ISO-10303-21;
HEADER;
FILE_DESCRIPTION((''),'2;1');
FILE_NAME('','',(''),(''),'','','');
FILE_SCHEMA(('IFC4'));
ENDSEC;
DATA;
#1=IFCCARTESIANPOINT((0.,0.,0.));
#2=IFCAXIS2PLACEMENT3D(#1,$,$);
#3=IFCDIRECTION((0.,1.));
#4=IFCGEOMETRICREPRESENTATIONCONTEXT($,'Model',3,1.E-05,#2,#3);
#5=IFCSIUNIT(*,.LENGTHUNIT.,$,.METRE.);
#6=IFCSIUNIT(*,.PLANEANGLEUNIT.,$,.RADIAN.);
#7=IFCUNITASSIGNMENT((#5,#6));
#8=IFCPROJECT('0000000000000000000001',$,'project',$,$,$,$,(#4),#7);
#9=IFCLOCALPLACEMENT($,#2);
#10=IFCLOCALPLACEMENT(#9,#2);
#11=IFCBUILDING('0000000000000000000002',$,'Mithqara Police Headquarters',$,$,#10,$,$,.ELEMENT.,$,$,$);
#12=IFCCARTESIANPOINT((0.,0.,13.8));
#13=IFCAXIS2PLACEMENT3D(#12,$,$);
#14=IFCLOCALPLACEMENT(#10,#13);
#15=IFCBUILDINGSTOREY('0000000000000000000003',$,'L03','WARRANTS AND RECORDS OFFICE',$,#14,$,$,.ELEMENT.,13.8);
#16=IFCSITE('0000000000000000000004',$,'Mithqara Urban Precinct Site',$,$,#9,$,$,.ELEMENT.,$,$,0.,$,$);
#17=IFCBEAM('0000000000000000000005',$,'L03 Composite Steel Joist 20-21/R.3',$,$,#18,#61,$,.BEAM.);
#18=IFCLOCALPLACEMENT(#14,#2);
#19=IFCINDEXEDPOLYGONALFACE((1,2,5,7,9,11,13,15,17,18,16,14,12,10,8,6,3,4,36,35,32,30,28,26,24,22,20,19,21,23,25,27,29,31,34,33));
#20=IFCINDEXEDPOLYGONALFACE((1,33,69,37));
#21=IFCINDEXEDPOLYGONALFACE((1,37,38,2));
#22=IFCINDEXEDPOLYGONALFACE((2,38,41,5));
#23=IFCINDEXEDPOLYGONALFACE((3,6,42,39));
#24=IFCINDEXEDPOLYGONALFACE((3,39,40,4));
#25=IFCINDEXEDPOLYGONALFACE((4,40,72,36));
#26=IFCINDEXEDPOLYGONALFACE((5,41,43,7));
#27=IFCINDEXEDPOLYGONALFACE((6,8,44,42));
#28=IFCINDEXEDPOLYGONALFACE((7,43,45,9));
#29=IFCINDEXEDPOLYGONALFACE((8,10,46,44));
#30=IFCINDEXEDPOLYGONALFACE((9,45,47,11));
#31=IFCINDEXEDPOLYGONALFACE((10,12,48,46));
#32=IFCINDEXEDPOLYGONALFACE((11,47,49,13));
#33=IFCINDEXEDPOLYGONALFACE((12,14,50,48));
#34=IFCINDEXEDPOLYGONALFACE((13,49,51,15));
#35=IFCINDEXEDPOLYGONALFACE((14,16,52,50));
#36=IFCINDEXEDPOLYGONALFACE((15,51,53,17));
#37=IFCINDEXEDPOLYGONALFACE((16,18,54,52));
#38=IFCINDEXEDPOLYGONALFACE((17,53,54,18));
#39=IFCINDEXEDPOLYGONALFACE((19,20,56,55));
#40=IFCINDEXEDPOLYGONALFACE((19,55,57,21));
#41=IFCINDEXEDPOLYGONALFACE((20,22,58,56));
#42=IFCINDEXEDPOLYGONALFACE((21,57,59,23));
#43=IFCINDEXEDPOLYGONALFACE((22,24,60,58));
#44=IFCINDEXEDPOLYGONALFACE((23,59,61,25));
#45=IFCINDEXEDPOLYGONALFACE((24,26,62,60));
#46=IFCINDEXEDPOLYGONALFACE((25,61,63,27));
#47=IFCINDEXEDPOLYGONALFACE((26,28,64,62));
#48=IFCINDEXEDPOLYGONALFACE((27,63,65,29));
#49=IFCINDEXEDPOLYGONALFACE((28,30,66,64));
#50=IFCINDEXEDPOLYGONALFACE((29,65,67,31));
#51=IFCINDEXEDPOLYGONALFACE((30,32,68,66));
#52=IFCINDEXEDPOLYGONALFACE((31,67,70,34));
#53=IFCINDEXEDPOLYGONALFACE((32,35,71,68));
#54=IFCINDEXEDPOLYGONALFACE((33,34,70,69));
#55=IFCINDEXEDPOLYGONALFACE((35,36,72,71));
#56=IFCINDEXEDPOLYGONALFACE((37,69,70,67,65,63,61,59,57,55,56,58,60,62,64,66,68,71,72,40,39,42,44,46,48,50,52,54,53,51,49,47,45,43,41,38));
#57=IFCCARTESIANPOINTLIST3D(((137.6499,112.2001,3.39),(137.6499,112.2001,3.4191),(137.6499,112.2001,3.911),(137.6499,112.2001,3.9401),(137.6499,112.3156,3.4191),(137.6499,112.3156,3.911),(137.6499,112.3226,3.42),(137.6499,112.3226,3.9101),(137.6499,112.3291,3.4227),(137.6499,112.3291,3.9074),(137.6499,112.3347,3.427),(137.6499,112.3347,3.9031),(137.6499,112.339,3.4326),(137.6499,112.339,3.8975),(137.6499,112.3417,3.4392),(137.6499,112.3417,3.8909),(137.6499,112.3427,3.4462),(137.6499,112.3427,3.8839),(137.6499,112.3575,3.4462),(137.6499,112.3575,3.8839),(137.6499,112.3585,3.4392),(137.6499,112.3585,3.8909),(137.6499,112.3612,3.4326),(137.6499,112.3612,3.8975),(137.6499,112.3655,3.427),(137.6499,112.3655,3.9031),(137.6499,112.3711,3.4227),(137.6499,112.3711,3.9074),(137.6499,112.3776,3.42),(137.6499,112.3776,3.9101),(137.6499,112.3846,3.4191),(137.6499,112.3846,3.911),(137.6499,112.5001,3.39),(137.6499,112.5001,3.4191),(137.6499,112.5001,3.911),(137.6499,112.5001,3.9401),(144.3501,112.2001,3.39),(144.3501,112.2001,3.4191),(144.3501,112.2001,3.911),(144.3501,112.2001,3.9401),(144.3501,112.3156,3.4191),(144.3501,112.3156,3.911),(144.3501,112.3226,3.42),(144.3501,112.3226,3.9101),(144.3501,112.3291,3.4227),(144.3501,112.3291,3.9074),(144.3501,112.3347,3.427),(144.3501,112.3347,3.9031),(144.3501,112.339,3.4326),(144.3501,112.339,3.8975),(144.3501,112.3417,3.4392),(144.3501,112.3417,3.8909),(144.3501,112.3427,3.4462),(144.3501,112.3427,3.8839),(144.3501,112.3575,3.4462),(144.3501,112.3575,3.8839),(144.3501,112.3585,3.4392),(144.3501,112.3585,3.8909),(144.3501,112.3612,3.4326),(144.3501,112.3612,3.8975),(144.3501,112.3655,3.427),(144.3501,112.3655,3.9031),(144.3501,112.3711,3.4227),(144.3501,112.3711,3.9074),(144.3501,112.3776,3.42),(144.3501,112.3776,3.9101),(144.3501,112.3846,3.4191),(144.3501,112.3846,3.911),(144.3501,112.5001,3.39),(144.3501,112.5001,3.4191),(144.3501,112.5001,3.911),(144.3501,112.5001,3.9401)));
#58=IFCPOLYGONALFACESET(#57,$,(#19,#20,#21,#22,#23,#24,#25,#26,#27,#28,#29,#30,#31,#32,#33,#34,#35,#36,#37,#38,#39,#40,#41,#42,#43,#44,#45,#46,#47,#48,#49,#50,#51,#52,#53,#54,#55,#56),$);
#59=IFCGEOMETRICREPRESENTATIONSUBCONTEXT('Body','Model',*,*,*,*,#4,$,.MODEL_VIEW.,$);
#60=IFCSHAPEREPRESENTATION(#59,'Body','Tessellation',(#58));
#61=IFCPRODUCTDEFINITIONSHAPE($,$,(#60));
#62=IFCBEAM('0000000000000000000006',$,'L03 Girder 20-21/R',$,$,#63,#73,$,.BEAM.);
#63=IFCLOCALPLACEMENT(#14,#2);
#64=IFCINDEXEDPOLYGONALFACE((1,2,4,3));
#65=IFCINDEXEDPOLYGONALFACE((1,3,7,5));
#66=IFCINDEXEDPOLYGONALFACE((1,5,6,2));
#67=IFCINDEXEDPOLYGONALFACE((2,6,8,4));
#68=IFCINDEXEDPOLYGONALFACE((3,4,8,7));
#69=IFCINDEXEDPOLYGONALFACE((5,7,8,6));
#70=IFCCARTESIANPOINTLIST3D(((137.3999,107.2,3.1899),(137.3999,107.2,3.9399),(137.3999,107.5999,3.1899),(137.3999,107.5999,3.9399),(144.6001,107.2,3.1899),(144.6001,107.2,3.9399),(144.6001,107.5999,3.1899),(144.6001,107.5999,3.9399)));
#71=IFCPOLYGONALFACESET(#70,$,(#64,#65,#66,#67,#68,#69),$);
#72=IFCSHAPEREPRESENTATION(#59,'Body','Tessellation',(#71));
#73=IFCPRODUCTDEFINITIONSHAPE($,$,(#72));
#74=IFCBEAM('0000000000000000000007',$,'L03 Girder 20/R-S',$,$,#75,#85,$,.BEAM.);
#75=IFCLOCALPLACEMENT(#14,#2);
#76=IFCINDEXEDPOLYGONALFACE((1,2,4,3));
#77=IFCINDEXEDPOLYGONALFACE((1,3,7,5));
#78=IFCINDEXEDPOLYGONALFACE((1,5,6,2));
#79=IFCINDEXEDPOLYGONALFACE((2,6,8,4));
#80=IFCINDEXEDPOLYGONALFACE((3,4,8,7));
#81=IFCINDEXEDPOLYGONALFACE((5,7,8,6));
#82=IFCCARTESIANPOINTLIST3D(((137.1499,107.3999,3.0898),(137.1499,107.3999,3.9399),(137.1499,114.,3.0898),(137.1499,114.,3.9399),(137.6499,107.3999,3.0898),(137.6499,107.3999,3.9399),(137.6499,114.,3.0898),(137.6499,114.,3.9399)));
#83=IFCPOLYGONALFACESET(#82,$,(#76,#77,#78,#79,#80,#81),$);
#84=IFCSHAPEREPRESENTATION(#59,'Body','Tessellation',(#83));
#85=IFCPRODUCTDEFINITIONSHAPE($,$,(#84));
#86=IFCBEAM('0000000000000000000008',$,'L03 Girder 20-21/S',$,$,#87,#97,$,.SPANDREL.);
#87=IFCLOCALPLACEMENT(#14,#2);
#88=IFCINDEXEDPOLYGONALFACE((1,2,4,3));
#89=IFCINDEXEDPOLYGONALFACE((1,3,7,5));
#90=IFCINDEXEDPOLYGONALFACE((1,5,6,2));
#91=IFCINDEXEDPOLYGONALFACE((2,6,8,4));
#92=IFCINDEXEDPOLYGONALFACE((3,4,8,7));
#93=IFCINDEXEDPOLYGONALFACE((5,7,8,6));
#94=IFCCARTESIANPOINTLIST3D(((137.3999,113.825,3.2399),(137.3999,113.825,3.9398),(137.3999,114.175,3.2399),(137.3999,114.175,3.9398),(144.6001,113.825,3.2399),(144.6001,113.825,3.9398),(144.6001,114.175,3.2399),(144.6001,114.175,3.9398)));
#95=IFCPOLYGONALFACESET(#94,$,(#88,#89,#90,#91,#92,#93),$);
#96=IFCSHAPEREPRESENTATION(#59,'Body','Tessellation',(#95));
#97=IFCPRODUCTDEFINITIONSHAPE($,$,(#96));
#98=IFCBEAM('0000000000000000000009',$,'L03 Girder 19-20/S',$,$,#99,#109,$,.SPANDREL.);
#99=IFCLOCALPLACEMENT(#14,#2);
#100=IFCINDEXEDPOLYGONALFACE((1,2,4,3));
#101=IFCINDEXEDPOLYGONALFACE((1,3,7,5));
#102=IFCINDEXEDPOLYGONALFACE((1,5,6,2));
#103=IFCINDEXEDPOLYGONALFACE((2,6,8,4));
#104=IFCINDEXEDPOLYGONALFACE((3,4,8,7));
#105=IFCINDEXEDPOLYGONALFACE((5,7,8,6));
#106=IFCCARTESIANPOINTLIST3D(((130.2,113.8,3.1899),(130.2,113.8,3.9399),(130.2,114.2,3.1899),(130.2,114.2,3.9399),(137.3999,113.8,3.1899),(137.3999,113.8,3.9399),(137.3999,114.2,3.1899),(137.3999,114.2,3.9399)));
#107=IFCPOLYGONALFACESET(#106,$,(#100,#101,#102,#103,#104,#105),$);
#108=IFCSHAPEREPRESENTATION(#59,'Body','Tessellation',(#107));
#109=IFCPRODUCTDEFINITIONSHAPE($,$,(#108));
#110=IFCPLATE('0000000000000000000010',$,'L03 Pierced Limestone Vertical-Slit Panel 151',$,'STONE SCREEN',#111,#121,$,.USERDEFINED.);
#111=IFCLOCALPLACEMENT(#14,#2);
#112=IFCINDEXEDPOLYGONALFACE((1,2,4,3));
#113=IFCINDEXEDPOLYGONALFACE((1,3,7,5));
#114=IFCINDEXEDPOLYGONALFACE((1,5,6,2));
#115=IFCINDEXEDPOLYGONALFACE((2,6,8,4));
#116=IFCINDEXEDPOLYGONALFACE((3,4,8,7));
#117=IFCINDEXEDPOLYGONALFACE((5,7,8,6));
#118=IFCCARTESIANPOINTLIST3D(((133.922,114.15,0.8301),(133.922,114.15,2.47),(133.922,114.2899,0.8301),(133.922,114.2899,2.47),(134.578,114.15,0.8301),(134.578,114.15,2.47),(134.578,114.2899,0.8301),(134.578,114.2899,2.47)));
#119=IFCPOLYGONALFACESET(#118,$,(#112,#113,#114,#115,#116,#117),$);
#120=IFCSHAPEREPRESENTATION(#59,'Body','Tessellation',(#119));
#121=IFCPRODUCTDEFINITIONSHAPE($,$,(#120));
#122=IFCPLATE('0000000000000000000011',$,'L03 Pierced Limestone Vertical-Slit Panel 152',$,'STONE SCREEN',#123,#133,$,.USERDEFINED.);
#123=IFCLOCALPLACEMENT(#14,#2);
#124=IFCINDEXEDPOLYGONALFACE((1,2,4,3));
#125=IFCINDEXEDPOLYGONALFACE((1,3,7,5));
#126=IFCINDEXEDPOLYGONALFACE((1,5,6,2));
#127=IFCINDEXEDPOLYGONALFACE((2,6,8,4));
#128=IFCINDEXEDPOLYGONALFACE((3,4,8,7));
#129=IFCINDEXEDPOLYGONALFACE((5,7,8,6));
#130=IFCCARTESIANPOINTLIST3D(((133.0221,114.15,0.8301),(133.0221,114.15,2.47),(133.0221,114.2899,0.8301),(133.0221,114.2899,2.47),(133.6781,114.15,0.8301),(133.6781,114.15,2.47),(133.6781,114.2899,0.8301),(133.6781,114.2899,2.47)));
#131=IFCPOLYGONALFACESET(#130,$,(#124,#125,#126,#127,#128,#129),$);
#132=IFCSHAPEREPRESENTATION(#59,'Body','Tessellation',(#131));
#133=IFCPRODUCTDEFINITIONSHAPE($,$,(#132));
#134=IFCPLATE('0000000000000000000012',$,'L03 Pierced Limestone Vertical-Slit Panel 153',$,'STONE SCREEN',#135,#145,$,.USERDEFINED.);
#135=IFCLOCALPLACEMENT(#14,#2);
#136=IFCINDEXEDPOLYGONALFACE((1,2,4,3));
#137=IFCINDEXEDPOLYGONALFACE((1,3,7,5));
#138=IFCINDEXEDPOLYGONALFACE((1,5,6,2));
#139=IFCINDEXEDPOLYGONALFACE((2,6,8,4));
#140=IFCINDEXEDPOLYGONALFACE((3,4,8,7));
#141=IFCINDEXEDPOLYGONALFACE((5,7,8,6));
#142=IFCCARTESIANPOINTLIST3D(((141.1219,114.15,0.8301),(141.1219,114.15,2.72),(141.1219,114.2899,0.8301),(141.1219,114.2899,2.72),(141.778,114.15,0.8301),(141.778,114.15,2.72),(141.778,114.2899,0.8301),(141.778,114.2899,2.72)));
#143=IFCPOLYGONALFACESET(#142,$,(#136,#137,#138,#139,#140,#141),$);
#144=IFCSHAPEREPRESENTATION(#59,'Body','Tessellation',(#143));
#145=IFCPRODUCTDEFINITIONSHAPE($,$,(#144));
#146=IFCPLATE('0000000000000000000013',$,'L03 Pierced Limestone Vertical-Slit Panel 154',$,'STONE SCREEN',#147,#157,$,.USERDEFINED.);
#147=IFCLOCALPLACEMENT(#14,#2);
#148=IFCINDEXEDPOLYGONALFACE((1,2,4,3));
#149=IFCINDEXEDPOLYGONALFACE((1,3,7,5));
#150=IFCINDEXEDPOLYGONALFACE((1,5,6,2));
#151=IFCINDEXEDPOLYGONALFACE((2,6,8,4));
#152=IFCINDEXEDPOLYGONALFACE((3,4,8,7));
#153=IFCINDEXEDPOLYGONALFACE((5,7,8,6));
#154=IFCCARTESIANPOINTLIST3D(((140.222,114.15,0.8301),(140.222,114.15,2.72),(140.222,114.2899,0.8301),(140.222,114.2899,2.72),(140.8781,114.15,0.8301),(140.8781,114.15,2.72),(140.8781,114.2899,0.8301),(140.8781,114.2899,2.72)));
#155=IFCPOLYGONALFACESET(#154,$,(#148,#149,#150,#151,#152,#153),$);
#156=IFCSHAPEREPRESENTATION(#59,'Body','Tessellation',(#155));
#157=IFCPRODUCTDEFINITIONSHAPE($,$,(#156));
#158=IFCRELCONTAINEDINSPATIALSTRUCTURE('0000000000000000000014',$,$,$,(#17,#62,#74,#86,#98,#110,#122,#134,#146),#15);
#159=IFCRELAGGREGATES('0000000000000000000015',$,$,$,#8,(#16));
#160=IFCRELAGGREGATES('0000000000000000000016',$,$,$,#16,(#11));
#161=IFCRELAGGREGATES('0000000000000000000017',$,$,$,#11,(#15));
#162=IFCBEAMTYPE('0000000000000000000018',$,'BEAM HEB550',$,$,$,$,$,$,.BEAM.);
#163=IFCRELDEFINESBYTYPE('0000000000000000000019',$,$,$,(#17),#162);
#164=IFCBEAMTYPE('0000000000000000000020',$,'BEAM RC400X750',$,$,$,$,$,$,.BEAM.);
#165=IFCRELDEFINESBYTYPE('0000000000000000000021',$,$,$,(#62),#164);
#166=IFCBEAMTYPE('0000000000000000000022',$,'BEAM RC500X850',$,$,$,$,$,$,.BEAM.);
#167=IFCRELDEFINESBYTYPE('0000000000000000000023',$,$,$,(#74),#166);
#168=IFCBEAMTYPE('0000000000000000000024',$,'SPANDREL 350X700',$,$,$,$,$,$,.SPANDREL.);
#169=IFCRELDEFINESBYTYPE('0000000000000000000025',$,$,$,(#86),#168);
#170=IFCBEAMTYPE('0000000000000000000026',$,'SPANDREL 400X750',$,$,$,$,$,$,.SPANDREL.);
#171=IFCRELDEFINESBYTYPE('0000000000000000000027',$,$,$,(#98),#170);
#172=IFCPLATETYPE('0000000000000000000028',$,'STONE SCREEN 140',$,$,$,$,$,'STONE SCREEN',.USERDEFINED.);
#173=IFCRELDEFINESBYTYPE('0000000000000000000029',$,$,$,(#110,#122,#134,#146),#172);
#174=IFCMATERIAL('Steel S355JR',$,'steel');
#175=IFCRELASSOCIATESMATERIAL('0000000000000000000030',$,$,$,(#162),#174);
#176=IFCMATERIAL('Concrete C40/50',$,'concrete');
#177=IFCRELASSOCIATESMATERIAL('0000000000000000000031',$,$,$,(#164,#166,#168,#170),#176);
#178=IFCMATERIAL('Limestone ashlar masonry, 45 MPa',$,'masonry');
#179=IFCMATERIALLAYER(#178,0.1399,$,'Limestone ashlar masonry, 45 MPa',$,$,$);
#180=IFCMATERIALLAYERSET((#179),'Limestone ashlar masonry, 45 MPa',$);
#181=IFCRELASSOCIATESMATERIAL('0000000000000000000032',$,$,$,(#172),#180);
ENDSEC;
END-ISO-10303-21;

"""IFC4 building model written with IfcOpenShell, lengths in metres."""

from ifc_helpers import new_model, si_unit, direction, frame, origin, origin_2d, place, context, subcontext, project, spatial, rectangle, i_section, extrude, material, layer, layer_set, material_profile, profile_set, type_object, element, save


model = new_model("IFC4")

# Units and contexts
model_context = context("Model", 3, precision=1e-05, world=origin(), true_north=direction((0.0, 1.0)))
body_context = subcontext(model_context, "Body", "Model", "MODEL_VIEW")
ifc_project = project(units=[si_unit("LENGTHUNIT", "METRE"), si_unit("PLANEANGLEUNIT", "RADIAN")], contexts=[model_context])

# Site, building, storey
site_placement = place(None, origin())
site = spatial("IfcSite", under=ifc_project, at=site_placement, Name="Mithqara Urban Precinct Site", CompositionType="ELEMENT", RefElevation=0.0)
building_placement = place(site_placement, origin())
building = spatial("IfcBuilding", under=site, at=building_placement, Name="Mithqara Police Headquarters", CompositionType="ELEMENT")
storey_placement = place(building_placement, frame((0.0, 0.0, 13.8)))
storey = spatial("IfcBuildingStorey", under=building, at=storey_placement, Name="L03", Description="WARRANTS AND RECORDS OFFICE", CompositionType="ELEMENT", Elevation=13.8)

# Beams
ifc_material_1 = material(Name="Steel S355JR", Category="steel")
ifc_material_profile_1 = material_profile(ifc_material_1, i_section(OverallWidth=0.3, OverallDepth=0.55, WebThickness=0.0149, FlangeThickness=0.0291, FilletRadius=0.0271, at=origin_2d()), Name="HEB 550")
ifc_profile_set_1 = profile_set([ifc_material_profile_1], Name="Steel S355JR")
beam_type_1 = type_object("IfcBeamType", Name="BEAM HEB550", PredefinedType="BEAM", material=ifc_profile_set_1)
for number, where, z_axis, x_axis, name in (
    (1, (137.6499, 112.3501, 3.665), (1.0, 0.0, 0.0), (0.0, 1.0, 0.0), "L03 Composite Steel Joist 20-21/R.3"),
):
    element("IfcBeam", number, at=place(storey_placement, frame(where, z_axis=z_axis, x_axis=x_axis)), inside=storey, type_object=beam_type_1, Name=name, PredefinedType="BEAM", context=body_context, shape_type="SweptSolid", body=[
        extrude(i_section(OverallWidth=0.3, OverallDepth=0.55, WebThickness=0.0149, FlangeThickness=0.0291, FilletRadius=0.0271, at=origin_2d()), origin(), (0.0, 0.0, 1.0), 6.7002),
    ])
ifc_material_2 = material(Name="Concrete C40/50", Category="concrete")
ifc_material_profile_2 = material_profile(ifc_material_2, rectangle(XDim=0.3999, YDim=0.75, at=origin_2d()), Name="RC 400x750")
ifc_profile_set_2 = profile_set([ifc_material_profile_2], Name="Concrete C40/50")
beam_type_2 = type_object("IfcBeamType", Name="BEAM RC400X750", PredefinedType="BEAM", material=ifc_profile_set_2)
beam_1_placement = place(storey_placement, frame((137.3999, 107.3999, 3.5649), z_axis=(1.0, 0.0, 0.0), x_axis=(0.0, 1.0, 0.0)))
element("IfcBeam", 2, at=beam_1_placement, inside=storey, type_object=beam_type_2, Name="L03 Girder 20-21/R", PredefinedType="BEAM", context=body_context, shape_type="SweptSolid", body=[
    extrude(rectangle(XDim=0.3999, YDim=0.75, at=origin_2d()), origin(), (0.0, 0.0, 1.0), 7.2002),
])
ifc_material_profile_3 = material_profile(ifc_material_2, rectangle(XDim=0.5, YDim=0.8501, at=origin_2d()), Name="RC 500x850")
ifc_profile_set_3 = profile_set([ifc_material_profile_3], Name="Concrete C40/50")
beam_type_3 = type_object("IfcBeamType", Name="BEAM RC500X850", PredefinedType="BEAM", material=ifc_profile_set_3)
beam_2_placement = place(storey_placement, frame((137.3999, 107.3999, 3.5149), z_axis=(0.0, 1.0, 0.0), x_axis=(-1.0, 0.0, 0.0)))
element("IfcBeam", 3, at=beam_2_placement, inside=storey, type_object=beam_type_3, Name="L03 Girder 20/R-S", PredefinedType="BEAM", context=body_context, shape_type="SweptSolid", body=[
    extrude(rectangle(XDim=0.5, YDim=0.8501, at=origin_2d()), origin(), (0.0, 0.0, 1.0), 6.6001),
])
ifc_material_profile_4 = material_profile(ifc_material_2, rectangle(XDim=0.3501, YDim=0.7, at=origin_2d()), Name="SPB 350x700")
ifc_profile_set_4 = profile_set([ifc_material_profile_4], Name="Concrete C40/50")
beam_type_4 = type_object("IfcBeamType", Name="SPANDREL 350X700", PredefinedType="SPANDREL", material=ifc_profile_set_4)
beam_3_placement = place(storey_placement, frame((137.3999, 114.0, 3.5898), z_axis=(1.0, 0.0, 0.0), x_axis=(0.0, 1.0, 0.0)))
element("IfcBeam", 4, at=beam_3_placement, inside=storey, type_object=beam_type_4, Name="L03 Girder 20-21/S", PredefinedType="SPANDREL", context=body_context, shape_type="SweptSolid", body=[
    extrude(rectangle(XDim=0.3501, YDim=0.7, at=origin_2d()), origin(), (0.0, 0.0, 1.0), 7.2002),
])
ifc_material_profile_5 = material_profile(ifc_material_2, rectangle(XDim=0.3999, YDim=0.75, at=origin_2d()), Name="SPB 400x750")
ifc_profile_set_5 = profile_set([ifc_material_profile_5], Name="Concrete C40/50")
beam_type_5 = type_object("IfcBeamType", Name="SPANDREL 400X750", PredefinedType="SPANDREL", material=ifc_profile_set_5)
beam_4_placement = place(storey_placement, frame((130.2, 114.0, 3.5649), z_axis=(1.0, 0.0, 0.0), x_axis=(0.0, 1.0, 0.0)))
element("IfcBeam", 5, at=beam_4_placement, inside=storey, type_object=beam_type_5, Name="L03 Girder 19-20/S", PredefinedType="SPANDREL", context=body_context, shape_type="SweptSolid", body=[
    extrude(rectangle(XDim=0.3999, YDim=0.75, at=origin_2d()), origin(), (0.0, 0.0, 1.0), 7.2),
])

# Plates
ifc_material_3 = material(Name="Limestone ashlar masonry, 45 MPa", Category="masonry")
ifc_layer_1 = layer(ifc_material_3, 0.1399, Name="Limestone ashlar masonry, 45 MPa")
ifc_layer_set_1 = layer_set([ifc_layer_1], Name="Limestone ashlar masonry, 45 MPa")
plate_type = type_object("IfcPlateType", Name="STONE SCREEN 140", ElementType="STONE SCREEN", PredefinedType="USERDEFINED", material=ifc_layer_set_1)
for number, where, z_axis, x_axis, name in (
    (6, (134.25, 114.22, 0.8301), (0.0, 0.0, 1.0), (1.0, 0.0, 0.0), "L03 Pierced Limestone Vertical-Slit Panel 151"),
    (7, (133.3501, 114.22, 0.8301), (0.0, 0.0, 1.0), (1.0, 0.0, 0.0), "L03 Pierced Limestone Vertical-Slit Panel 152"),
):
    element("IfcPlate", number, at=place(storey_placement, frame(where, z_axis=z_axis, x_axis=x_axis)), inside=storey, type_object=plate_type, Name=name, ObjectType="STONE SCREEN", PredefinedType="USERDEFINED", context=body_context, shape_type="SweptSolid", body=[
        extrude(rectangle(XDim=0.656, YDim=0.1399, at=origin_2d()), origin(), (0.0, 0.0, 1.0), 1.6399),
    ])
for number, where, z_axis, x_axis, name in (
    (8, (141.45, 114.22, 0.8301), (0.0, 0.0, 1.0), (1.0, 0.0, 0.0), "L03 Pierced Limestone Vertical-Slit Panel 153"),
    (9, (140.55, 114.22, 0.8301), (0.0, 0.0, 1.0), (1.0, 0.0, 0.0), "L03 Pierced Limestone Vertical-Slit Panel 154"),
):
    element("IfcPlate", number, at=place(storey_placement, frame(where, z_axis=z_axis, x_axis=x_axis)), inside=storey, type_object=plate_type, Name=name, ObjectType="STONE SCREEN", PredefinedType="USERDEFINED", context=body_context, shape_type="SweptSolid", body=[
        extrude(rectangle(XDim=0.656, YDim=0.1399, at=origin_2d()), origin(), (0.0, 0.0, 1.0), 1.8899),
    ])

save(model, "model.ifc")
